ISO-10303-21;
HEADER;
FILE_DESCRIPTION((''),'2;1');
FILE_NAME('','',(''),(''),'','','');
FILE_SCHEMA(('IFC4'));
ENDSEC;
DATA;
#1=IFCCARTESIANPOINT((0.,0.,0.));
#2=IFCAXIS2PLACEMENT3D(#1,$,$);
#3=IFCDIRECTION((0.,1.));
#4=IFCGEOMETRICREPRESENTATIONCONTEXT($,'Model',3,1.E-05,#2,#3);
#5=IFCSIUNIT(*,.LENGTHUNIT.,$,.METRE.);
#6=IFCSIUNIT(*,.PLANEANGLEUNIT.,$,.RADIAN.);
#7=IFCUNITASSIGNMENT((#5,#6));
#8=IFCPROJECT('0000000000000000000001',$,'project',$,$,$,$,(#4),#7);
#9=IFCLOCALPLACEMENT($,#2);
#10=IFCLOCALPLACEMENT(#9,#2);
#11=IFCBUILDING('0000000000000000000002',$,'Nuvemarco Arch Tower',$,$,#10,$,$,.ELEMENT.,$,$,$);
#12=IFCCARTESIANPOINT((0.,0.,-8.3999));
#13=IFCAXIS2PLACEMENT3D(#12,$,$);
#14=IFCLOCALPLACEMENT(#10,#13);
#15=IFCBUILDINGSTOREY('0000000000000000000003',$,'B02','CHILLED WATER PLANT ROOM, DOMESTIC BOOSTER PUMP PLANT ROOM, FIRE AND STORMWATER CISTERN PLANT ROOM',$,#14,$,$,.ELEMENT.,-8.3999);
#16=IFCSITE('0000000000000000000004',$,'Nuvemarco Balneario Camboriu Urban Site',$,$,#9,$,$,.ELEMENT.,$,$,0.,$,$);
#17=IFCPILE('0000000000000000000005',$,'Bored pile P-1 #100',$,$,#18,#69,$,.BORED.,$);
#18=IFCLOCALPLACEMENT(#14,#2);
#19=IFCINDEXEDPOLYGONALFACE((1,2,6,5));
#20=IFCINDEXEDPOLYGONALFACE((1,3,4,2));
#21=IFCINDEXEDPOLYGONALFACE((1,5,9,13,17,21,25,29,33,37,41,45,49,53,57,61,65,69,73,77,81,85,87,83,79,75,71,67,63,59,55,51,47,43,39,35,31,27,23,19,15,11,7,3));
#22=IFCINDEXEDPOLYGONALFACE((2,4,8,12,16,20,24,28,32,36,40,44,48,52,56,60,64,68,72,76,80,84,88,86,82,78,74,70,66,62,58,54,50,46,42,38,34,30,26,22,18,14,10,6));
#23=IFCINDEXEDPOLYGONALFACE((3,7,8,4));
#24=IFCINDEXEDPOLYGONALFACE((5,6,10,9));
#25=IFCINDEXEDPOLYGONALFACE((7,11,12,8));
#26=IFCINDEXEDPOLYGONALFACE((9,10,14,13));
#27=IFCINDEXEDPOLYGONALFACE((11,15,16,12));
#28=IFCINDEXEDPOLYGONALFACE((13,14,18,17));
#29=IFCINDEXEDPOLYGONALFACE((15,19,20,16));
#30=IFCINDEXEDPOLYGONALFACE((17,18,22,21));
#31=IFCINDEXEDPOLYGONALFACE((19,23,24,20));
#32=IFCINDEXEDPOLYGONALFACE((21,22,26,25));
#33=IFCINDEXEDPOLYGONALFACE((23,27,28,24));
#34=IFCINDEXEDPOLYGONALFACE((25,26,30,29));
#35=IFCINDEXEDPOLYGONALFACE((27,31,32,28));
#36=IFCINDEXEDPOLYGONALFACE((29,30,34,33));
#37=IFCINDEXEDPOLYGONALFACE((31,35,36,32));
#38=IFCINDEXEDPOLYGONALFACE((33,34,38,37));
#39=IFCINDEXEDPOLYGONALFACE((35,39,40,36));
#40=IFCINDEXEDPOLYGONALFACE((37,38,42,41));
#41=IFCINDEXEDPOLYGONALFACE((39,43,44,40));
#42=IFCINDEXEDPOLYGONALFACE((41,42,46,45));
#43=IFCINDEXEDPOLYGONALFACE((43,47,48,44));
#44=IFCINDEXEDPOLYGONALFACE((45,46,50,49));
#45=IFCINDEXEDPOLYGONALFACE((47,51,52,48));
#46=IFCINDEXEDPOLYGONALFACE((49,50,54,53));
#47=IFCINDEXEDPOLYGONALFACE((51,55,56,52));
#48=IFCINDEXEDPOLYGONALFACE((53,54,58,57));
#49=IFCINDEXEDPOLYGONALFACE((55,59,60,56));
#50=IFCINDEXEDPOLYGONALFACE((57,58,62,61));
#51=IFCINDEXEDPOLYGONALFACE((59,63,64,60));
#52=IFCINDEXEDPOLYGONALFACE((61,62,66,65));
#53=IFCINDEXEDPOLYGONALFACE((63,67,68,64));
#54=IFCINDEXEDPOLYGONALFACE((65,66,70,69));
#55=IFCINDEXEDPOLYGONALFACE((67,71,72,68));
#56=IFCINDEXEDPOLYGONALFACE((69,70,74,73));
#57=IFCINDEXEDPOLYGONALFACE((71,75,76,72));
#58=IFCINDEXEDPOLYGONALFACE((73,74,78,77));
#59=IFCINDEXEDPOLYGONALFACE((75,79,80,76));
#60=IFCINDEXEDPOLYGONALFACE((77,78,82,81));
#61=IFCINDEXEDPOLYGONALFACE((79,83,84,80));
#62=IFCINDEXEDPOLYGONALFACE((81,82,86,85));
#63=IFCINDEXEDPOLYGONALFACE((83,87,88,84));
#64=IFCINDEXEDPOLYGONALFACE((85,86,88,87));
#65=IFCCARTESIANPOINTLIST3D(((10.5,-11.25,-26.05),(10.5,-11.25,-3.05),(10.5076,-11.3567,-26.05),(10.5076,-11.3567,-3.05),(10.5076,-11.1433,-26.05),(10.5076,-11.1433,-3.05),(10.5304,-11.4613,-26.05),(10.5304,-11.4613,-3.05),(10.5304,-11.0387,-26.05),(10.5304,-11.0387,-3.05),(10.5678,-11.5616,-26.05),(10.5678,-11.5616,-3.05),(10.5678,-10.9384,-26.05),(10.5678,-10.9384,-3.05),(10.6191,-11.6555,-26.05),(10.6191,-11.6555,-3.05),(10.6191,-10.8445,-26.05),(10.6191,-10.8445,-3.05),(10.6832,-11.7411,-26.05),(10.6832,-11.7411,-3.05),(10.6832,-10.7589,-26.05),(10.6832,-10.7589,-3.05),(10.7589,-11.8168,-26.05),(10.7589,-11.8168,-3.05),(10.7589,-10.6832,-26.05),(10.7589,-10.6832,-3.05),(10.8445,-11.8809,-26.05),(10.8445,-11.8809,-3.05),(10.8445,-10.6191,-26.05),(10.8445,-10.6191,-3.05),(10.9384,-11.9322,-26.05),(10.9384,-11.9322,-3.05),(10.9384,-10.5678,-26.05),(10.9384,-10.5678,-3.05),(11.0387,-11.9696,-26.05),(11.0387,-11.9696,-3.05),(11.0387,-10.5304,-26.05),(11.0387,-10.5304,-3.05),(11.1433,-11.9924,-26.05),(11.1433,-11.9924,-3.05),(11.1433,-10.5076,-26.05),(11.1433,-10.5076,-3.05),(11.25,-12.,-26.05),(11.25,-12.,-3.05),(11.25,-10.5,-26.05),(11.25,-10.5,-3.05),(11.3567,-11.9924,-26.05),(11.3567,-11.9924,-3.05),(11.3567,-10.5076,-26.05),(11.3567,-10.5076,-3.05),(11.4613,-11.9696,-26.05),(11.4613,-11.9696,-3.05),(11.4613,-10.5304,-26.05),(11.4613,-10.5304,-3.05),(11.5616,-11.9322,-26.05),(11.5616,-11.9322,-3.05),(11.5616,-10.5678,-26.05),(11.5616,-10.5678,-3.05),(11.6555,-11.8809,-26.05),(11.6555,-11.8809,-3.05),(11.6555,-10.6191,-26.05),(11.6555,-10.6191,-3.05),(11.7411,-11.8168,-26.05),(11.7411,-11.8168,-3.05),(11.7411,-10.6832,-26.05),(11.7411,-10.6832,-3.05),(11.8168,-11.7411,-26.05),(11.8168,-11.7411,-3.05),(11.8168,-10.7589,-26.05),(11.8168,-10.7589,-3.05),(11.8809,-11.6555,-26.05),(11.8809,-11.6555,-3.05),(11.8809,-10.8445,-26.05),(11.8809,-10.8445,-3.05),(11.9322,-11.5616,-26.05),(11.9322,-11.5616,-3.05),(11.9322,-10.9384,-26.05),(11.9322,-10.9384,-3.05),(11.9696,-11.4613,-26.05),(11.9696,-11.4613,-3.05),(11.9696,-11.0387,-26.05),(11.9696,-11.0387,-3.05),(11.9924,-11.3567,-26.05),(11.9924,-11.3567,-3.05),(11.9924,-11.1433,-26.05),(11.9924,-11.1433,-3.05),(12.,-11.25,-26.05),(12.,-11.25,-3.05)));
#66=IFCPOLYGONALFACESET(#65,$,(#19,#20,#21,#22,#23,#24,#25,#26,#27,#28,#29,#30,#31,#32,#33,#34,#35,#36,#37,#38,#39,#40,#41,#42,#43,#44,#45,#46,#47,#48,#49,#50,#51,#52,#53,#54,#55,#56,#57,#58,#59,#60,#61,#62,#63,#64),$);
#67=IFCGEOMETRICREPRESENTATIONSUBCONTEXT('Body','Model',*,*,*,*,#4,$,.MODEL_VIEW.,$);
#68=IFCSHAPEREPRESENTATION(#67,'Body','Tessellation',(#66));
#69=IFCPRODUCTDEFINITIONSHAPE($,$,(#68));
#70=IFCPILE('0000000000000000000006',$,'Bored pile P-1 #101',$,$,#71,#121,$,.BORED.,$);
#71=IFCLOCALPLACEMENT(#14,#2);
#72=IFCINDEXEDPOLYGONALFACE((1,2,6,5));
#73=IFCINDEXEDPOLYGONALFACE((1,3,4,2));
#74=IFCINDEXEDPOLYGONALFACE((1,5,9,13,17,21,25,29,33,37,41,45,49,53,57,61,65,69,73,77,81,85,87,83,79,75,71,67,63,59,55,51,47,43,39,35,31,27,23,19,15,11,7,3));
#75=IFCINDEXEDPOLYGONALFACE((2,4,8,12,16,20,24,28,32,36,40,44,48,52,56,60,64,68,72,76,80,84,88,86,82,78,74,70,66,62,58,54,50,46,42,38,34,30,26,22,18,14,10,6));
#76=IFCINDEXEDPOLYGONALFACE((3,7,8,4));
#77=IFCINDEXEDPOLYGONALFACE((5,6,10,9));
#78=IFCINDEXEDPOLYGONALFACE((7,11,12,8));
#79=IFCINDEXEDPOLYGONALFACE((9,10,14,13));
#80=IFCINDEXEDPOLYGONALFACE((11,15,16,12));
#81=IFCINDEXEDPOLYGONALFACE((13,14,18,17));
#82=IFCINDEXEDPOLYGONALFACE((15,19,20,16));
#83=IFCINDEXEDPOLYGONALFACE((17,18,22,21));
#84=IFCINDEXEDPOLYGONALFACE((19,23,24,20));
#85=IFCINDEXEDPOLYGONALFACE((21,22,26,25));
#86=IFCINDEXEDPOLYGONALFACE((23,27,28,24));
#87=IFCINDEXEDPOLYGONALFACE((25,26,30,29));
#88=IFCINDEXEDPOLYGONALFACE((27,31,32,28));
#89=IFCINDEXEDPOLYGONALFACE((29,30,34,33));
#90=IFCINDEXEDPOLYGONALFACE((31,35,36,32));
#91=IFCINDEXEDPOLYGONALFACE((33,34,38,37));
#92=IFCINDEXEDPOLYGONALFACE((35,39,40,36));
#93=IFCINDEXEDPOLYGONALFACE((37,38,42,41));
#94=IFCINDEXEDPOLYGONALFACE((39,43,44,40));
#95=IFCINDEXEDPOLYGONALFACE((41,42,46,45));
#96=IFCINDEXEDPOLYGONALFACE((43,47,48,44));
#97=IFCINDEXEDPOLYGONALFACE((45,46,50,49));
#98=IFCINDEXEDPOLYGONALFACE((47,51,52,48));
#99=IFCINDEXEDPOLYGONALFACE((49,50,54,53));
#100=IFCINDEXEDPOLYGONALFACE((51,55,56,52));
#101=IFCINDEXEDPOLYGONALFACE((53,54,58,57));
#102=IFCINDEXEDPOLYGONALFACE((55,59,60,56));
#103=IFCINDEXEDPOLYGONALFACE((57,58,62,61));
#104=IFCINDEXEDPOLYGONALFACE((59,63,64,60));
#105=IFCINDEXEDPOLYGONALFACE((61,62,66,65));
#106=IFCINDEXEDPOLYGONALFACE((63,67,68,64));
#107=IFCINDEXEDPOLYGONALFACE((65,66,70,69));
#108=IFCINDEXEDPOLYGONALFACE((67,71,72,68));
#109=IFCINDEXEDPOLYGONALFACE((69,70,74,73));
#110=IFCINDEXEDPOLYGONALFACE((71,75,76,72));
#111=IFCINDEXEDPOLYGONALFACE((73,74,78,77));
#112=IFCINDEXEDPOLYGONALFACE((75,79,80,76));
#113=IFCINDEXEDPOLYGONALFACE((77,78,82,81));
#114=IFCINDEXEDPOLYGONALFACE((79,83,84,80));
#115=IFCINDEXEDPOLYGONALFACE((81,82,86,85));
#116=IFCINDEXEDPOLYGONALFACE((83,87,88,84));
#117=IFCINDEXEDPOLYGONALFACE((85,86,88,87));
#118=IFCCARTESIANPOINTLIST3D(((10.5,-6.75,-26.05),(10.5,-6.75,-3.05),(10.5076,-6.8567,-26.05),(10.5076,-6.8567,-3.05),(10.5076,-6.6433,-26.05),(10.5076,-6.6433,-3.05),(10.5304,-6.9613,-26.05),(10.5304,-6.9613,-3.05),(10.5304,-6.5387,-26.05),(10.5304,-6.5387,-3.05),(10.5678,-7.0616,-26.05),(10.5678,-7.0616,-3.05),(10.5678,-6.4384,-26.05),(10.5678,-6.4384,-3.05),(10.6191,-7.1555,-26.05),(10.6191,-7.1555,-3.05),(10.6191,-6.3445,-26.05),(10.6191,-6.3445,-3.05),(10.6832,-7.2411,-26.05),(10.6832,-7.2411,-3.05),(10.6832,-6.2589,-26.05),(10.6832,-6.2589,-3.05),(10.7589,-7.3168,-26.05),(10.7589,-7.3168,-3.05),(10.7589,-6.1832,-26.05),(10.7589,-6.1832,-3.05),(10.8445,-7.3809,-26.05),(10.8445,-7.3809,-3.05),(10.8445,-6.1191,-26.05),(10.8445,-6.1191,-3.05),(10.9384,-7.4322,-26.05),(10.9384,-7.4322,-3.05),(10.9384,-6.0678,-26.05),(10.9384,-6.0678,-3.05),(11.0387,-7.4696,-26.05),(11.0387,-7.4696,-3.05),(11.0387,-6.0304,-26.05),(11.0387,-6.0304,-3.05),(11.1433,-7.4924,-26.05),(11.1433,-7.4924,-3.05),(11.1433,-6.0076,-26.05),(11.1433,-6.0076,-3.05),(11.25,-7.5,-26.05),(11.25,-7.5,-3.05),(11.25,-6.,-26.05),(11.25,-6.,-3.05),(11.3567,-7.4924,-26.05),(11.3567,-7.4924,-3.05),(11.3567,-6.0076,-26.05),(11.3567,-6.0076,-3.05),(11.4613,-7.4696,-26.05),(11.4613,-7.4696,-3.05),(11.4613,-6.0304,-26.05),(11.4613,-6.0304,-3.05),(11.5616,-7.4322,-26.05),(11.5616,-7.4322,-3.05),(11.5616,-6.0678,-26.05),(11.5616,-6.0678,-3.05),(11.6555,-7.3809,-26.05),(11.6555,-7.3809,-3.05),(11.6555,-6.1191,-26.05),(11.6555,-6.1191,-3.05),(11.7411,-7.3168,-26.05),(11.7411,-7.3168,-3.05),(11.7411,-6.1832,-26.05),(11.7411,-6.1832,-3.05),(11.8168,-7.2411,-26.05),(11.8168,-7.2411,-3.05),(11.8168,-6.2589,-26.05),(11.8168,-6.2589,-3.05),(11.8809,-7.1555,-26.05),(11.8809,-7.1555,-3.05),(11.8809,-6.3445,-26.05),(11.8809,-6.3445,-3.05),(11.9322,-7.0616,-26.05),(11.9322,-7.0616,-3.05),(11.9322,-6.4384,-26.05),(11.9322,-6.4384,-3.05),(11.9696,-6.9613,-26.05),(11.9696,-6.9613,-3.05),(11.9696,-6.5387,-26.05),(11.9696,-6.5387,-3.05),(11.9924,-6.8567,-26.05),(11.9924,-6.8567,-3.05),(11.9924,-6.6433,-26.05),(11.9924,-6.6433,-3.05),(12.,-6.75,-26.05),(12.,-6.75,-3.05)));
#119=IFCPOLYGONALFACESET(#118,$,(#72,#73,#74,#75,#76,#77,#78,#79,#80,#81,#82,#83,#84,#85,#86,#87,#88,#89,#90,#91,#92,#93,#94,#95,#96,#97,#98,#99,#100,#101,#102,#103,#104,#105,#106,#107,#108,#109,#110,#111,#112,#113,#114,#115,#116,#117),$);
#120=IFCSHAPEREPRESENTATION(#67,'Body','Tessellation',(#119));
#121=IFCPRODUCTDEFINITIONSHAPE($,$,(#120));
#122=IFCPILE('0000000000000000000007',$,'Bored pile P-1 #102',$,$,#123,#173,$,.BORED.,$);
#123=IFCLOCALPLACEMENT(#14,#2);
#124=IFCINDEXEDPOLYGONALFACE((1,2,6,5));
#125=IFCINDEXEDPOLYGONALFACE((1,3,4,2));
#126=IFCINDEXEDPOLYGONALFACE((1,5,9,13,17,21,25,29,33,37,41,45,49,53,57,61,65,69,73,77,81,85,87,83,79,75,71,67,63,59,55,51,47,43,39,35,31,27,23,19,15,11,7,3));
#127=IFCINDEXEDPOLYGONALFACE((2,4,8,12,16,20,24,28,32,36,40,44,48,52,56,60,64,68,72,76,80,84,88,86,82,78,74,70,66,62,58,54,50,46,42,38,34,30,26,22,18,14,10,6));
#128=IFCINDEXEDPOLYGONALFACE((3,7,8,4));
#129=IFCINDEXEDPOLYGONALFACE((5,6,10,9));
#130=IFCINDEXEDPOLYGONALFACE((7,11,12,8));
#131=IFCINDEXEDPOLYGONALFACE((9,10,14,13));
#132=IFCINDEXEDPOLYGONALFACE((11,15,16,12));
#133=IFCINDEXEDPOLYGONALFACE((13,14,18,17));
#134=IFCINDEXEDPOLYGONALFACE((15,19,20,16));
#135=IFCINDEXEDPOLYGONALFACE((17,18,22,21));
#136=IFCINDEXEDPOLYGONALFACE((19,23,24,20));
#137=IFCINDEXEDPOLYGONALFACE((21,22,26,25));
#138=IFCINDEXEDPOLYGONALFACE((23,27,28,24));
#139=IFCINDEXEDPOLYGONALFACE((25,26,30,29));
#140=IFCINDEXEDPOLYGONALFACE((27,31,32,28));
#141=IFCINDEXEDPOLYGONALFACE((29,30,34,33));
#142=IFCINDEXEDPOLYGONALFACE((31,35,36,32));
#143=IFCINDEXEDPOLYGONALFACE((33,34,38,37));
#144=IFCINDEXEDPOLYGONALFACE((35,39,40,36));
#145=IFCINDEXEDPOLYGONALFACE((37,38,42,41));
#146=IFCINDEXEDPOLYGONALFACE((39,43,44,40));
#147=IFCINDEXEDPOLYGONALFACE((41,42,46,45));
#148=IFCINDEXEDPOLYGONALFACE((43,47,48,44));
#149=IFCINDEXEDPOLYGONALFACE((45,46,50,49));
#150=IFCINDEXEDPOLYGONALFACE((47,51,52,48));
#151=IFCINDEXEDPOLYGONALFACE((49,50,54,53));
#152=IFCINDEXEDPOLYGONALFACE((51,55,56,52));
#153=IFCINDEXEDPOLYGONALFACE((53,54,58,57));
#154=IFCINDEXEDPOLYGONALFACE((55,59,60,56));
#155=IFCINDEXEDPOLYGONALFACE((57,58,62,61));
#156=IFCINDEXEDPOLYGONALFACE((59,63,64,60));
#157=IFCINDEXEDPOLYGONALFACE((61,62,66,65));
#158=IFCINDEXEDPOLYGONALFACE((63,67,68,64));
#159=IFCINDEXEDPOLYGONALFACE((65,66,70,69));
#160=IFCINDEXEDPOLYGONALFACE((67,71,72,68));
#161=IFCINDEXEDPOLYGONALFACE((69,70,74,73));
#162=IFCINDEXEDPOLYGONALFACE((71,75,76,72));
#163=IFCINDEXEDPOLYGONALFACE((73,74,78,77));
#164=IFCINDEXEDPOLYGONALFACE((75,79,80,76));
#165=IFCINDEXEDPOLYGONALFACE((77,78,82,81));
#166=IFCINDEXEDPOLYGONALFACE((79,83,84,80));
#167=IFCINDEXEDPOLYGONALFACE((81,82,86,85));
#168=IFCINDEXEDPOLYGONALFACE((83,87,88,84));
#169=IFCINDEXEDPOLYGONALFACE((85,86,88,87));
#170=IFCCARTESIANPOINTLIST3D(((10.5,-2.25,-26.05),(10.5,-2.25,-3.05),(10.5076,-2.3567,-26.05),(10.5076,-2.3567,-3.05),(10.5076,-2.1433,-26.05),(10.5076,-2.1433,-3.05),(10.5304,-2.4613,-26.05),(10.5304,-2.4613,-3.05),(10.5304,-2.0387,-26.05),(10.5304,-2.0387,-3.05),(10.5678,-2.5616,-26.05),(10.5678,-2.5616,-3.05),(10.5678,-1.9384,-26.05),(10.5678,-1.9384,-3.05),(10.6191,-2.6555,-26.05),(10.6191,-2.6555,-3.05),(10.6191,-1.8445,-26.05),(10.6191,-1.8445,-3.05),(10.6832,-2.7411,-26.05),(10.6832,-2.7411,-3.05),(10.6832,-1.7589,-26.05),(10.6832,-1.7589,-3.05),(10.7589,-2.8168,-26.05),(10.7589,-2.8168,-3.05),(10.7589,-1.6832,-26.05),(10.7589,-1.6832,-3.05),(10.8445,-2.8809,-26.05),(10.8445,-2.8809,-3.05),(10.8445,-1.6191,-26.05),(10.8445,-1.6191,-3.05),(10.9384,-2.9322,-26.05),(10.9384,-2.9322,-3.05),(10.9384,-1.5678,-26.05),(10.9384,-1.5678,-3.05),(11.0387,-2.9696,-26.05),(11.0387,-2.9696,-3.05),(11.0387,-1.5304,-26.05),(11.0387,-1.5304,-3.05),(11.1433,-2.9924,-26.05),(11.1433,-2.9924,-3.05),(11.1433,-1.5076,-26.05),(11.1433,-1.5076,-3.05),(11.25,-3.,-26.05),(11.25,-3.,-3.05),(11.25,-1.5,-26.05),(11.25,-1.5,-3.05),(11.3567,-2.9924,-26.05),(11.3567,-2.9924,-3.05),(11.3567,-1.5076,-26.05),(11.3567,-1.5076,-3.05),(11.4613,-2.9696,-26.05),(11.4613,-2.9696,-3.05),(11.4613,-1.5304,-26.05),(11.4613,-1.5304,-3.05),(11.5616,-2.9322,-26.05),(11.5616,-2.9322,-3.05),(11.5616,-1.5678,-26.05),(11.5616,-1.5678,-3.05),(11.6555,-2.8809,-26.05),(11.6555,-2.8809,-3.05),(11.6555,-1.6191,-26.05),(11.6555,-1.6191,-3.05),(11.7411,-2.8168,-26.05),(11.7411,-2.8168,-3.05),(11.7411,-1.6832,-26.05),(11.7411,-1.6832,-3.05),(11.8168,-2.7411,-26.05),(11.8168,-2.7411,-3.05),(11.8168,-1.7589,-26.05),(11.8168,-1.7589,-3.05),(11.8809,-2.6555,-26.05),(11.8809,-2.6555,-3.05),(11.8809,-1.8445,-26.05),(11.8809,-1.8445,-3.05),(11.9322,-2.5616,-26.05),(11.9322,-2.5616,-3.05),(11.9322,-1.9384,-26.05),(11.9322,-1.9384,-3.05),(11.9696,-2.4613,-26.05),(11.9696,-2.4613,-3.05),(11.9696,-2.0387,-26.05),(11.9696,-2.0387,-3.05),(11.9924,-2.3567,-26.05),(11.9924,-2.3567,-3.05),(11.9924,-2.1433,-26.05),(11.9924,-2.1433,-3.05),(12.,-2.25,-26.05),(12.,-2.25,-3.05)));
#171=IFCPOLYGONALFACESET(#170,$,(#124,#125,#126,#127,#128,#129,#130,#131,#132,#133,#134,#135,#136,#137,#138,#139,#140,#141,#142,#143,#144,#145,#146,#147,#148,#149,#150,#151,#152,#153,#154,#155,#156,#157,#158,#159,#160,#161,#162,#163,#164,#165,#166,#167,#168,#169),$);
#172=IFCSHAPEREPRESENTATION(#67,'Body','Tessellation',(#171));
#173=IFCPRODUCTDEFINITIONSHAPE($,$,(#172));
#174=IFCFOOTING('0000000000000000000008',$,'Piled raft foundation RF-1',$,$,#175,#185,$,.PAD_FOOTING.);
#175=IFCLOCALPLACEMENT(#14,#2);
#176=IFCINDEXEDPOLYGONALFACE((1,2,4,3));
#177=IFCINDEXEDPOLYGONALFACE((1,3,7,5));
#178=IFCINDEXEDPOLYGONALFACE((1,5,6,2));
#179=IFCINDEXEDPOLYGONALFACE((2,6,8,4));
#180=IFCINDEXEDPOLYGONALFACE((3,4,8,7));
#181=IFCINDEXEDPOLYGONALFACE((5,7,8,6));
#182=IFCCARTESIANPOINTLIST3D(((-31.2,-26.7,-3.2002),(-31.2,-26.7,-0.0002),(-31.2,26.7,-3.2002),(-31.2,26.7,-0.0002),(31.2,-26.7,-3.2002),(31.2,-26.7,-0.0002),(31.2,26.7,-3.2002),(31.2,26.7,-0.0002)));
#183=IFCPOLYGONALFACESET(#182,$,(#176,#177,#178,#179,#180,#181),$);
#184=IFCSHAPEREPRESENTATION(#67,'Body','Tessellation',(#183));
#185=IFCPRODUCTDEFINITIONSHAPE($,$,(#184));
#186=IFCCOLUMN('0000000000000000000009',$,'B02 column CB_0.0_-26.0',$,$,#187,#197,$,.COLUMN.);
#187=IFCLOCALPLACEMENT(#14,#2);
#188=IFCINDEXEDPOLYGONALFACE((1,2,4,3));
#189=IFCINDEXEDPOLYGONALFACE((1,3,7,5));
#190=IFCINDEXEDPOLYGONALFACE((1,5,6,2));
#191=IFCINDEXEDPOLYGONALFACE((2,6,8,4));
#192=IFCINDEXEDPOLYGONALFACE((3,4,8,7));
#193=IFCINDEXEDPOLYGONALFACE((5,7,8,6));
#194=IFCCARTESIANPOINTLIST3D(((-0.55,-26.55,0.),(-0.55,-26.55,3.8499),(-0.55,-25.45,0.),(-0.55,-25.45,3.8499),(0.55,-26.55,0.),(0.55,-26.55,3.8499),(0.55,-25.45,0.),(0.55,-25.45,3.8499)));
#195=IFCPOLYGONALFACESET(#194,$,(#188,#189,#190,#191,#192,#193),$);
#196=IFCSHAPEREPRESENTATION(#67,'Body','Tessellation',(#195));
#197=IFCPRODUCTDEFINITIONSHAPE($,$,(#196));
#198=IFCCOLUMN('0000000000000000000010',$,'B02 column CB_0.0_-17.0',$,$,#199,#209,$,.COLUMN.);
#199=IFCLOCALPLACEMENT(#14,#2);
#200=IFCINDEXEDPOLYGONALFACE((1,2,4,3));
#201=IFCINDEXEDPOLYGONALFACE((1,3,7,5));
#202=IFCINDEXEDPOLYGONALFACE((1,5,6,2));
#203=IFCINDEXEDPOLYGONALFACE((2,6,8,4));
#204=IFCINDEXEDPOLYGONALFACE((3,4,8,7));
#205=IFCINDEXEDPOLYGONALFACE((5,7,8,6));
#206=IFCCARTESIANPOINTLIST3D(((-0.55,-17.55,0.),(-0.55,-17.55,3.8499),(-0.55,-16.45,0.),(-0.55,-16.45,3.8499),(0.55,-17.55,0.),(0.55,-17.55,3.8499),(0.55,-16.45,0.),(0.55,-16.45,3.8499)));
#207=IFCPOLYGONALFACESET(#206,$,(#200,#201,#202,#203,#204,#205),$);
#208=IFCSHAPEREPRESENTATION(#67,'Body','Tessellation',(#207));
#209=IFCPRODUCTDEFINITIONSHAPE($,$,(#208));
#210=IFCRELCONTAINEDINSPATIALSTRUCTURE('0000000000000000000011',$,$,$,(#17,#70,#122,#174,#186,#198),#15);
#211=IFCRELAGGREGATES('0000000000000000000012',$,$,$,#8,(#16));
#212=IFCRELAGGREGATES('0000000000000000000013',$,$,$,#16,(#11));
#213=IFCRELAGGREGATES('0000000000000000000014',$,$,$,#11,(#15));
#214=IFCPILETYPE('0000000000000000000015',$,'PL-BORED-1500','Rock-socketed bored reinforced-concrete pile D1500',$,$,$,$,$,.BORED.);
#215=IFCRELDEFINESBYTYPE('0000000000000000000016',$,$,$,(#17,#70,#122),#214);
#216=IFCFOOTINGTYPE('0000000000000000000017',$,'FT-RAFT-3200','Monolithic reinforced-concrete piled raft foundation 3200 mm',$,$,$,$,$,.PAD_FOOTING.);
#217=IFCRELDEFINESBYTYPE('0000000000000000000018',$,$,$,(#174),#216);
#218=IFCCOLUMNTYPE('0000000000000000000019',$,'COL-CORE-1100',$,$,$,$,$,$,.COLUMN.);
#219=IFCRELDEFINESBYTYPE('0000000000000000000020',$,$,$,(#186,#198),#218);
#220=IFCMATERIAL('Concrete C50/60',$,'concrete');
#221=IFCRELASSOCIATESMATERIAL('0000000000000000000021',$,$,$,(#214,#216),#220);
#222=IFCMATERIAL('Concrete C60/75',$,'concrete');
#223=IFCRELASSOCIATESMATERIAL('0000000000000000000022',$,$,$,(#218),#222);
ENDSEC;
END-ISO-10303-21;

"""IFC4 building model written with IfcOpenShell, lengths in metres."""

from ifc_helpers import new_model, si_unit, direction, frame, origin, origin_2d, place, context, subcontext, project, spatial, rectangle, circle, extrude, source, transform, mapped, material, material_profile, profile_set, type_object, type_shapes, element, save


model = new_model("IFC4")

# Units and contexts
model_context = context("Model", 3, precision=1e-05, world=origin(), true_north=direction((0.0, 1.0)))
body_context = subcontext(model_context, "Body", "Model", "MODEL_VIEW")
ifc_project = project(units=[si_unit("LENGTHUNIT", "METRE"), si_unit("PLANEANGLEUNIT", "RADIAN")], contexts=[model_context])

# Site, building, storey
site_placement = place(None, origin())
site = spatial("IfcSite", under=ifc_project, at=site_placement, Name="Nuvemarco Balneario Camboriu Urban Site", CompositionType="ELEMENT", RefElevation=0.0)
building_placement = place(site_placement, origin())
building = spatial("IfcBuilding", under=site, at=building_placement, Name="Nuvemarco Arch Tower", CompositionType="ELEMENT")
storey_placement = place(building_placement, frame((0.0, 0.0, -8.3999)))
storey = spatial("IfcBuildingStorey", under=building, at=storey_placement, Name="B02", Description="CHILLED WATER PLANT ROOM, DOMESTIC BOOSTER PUMP PLANT ROOM, FIRE AND STORMWATER CISTERN PLANT ROOM", CompositionType="ELEMENT", Elevation=-8.3999)

# Piles
ifc_material_1 = material(Name="Concrete C50/60", Category="concrete")
ifc_material_profile_1 = material_profile(ifc_material_1, circle(Radius=0.75, at=origin_2d()), Name="PILE-D1500")
ifc_profile_set_1 = profile_set([ifc_material_profile_1], Name="Concrete C50/60")
pile_type = type_object("IfcPileType", Name="PL-BORED-1500", Description="Rock-socketed bored reinforced-concrete pile D1500", PredefinedType="BORED", material=ifc_profile_set_1)
for number, where, z_axis, x_axis, name in (
    (1, (11.25, -11.25, -3.05), (0.0, 0.0, -1.0), (1.0, 0.0, 0.0), "Bored pile P-1 #100"),
    (2, (11.25, -6.75, -3.05), (0.0, 0.0, -1.0), (1.0, 0.0, 0.0), "Bored pile P-1 #101"),
    (3, (11.25, -2.25, -3.05), (0.0, 0.0, -1.0), (1.0, 0.0, 0.0), "Bored pile P-1 #102"),
):
    element("IfcPile", number, at=place(storey_placement, frame(where, z_axis=z_axis, x_axis=x_axis)), inside=storey, type_object=pile_type, Name=name, PredefinedType="BORED", context=body_context, shape_type="SweptSolid", body=[
        extrude(circle(Radius=0.75, at=origin_2d()), origin(), (0.0, 0.0, 1.0), 23.0),
    ])

# Footing
footing_type = type_object("IfcFootingType", Name="FT-RAFT-3200", Description="Monolithic reinforced-concrete piled raft foundation 3200 mm", PredefinedType="PAD_FOOTING", material=ifc_material_1)
shared_shape_1 = source(origin(), body_context, "Body", "SweptSolid", [
    extrude(rectangle(XDim=62.3999, YDim=53.3999, at=origin_2d()), origin(), (0.0, 0.0, 1.0), 3.2),
])
type_shapes(footing_type, [shared_shape_1])
footing_placement = place(storey_placement, frame((0.0, 0.0, -3.2002), z_axis=(0.0, 0.0, 1.0), x_axis=(1.0, 0.0, 0.0)))
element("IfcFooting", 4, at=footing_placement, inside=storey, type_object=footing_type, Name="Piled raft foundation RF-1", PredefinedType="PAD_FOOTING", context=body_context, shape_type="MappedRepresentation", body=[
    mapped(shared_shape_1, transform((0.0, 0.0, 0.0), scale=1.0)),
])

# Columns
ifc_material_2 = material(Name="Concrete C60/75", Category="concrete")
ifc_material_profile_2 = material_profile(ifc_material_2, rectangle(XDim=1.1001, YDim=1.1001, at=origin_2d()), Name="RC-COL-1100x1100")
ifc_profile_set_2 = profile_set([ifc_material_profile_2], Name="Concrete C60/75")
column_type_1 = type_object("IfcColumnType", Name="COL-CORE-1100", PredefinedType="COLUMN", material=ifc_profile_set_2)
for number, where, z_axis, x_axis, name in (
    (5, (0.0, -26.0, 0.0), (0.0, 0.0, 1.0), (1.0, 0.0, 0.0), "B02 column CB_0.0_-26.0"),
    (6, (0.0, -17.0, 0.0), (0.0, 0.0, 1.0), (1.0, 0.0, 0.0), "B02 column CB_0.0_-17.0"),
):
    element("IfcColumn", number, at=place(storey_placement, frame(where, z_axis=z_axis, x_axis=x_axis)), inside=storey, type_object=column_type_1, Name=name, PredefinedType="COLUMN", context=body_context, shape_type="SweptSolid", body=[
        extrude(rectangle(XDim=1.1001, YDim=1.1001, at=origin_2d()), origin(), (0.0, 0.0, 1.0), 3.8499),
    ])

save(model, "model.ifc")
